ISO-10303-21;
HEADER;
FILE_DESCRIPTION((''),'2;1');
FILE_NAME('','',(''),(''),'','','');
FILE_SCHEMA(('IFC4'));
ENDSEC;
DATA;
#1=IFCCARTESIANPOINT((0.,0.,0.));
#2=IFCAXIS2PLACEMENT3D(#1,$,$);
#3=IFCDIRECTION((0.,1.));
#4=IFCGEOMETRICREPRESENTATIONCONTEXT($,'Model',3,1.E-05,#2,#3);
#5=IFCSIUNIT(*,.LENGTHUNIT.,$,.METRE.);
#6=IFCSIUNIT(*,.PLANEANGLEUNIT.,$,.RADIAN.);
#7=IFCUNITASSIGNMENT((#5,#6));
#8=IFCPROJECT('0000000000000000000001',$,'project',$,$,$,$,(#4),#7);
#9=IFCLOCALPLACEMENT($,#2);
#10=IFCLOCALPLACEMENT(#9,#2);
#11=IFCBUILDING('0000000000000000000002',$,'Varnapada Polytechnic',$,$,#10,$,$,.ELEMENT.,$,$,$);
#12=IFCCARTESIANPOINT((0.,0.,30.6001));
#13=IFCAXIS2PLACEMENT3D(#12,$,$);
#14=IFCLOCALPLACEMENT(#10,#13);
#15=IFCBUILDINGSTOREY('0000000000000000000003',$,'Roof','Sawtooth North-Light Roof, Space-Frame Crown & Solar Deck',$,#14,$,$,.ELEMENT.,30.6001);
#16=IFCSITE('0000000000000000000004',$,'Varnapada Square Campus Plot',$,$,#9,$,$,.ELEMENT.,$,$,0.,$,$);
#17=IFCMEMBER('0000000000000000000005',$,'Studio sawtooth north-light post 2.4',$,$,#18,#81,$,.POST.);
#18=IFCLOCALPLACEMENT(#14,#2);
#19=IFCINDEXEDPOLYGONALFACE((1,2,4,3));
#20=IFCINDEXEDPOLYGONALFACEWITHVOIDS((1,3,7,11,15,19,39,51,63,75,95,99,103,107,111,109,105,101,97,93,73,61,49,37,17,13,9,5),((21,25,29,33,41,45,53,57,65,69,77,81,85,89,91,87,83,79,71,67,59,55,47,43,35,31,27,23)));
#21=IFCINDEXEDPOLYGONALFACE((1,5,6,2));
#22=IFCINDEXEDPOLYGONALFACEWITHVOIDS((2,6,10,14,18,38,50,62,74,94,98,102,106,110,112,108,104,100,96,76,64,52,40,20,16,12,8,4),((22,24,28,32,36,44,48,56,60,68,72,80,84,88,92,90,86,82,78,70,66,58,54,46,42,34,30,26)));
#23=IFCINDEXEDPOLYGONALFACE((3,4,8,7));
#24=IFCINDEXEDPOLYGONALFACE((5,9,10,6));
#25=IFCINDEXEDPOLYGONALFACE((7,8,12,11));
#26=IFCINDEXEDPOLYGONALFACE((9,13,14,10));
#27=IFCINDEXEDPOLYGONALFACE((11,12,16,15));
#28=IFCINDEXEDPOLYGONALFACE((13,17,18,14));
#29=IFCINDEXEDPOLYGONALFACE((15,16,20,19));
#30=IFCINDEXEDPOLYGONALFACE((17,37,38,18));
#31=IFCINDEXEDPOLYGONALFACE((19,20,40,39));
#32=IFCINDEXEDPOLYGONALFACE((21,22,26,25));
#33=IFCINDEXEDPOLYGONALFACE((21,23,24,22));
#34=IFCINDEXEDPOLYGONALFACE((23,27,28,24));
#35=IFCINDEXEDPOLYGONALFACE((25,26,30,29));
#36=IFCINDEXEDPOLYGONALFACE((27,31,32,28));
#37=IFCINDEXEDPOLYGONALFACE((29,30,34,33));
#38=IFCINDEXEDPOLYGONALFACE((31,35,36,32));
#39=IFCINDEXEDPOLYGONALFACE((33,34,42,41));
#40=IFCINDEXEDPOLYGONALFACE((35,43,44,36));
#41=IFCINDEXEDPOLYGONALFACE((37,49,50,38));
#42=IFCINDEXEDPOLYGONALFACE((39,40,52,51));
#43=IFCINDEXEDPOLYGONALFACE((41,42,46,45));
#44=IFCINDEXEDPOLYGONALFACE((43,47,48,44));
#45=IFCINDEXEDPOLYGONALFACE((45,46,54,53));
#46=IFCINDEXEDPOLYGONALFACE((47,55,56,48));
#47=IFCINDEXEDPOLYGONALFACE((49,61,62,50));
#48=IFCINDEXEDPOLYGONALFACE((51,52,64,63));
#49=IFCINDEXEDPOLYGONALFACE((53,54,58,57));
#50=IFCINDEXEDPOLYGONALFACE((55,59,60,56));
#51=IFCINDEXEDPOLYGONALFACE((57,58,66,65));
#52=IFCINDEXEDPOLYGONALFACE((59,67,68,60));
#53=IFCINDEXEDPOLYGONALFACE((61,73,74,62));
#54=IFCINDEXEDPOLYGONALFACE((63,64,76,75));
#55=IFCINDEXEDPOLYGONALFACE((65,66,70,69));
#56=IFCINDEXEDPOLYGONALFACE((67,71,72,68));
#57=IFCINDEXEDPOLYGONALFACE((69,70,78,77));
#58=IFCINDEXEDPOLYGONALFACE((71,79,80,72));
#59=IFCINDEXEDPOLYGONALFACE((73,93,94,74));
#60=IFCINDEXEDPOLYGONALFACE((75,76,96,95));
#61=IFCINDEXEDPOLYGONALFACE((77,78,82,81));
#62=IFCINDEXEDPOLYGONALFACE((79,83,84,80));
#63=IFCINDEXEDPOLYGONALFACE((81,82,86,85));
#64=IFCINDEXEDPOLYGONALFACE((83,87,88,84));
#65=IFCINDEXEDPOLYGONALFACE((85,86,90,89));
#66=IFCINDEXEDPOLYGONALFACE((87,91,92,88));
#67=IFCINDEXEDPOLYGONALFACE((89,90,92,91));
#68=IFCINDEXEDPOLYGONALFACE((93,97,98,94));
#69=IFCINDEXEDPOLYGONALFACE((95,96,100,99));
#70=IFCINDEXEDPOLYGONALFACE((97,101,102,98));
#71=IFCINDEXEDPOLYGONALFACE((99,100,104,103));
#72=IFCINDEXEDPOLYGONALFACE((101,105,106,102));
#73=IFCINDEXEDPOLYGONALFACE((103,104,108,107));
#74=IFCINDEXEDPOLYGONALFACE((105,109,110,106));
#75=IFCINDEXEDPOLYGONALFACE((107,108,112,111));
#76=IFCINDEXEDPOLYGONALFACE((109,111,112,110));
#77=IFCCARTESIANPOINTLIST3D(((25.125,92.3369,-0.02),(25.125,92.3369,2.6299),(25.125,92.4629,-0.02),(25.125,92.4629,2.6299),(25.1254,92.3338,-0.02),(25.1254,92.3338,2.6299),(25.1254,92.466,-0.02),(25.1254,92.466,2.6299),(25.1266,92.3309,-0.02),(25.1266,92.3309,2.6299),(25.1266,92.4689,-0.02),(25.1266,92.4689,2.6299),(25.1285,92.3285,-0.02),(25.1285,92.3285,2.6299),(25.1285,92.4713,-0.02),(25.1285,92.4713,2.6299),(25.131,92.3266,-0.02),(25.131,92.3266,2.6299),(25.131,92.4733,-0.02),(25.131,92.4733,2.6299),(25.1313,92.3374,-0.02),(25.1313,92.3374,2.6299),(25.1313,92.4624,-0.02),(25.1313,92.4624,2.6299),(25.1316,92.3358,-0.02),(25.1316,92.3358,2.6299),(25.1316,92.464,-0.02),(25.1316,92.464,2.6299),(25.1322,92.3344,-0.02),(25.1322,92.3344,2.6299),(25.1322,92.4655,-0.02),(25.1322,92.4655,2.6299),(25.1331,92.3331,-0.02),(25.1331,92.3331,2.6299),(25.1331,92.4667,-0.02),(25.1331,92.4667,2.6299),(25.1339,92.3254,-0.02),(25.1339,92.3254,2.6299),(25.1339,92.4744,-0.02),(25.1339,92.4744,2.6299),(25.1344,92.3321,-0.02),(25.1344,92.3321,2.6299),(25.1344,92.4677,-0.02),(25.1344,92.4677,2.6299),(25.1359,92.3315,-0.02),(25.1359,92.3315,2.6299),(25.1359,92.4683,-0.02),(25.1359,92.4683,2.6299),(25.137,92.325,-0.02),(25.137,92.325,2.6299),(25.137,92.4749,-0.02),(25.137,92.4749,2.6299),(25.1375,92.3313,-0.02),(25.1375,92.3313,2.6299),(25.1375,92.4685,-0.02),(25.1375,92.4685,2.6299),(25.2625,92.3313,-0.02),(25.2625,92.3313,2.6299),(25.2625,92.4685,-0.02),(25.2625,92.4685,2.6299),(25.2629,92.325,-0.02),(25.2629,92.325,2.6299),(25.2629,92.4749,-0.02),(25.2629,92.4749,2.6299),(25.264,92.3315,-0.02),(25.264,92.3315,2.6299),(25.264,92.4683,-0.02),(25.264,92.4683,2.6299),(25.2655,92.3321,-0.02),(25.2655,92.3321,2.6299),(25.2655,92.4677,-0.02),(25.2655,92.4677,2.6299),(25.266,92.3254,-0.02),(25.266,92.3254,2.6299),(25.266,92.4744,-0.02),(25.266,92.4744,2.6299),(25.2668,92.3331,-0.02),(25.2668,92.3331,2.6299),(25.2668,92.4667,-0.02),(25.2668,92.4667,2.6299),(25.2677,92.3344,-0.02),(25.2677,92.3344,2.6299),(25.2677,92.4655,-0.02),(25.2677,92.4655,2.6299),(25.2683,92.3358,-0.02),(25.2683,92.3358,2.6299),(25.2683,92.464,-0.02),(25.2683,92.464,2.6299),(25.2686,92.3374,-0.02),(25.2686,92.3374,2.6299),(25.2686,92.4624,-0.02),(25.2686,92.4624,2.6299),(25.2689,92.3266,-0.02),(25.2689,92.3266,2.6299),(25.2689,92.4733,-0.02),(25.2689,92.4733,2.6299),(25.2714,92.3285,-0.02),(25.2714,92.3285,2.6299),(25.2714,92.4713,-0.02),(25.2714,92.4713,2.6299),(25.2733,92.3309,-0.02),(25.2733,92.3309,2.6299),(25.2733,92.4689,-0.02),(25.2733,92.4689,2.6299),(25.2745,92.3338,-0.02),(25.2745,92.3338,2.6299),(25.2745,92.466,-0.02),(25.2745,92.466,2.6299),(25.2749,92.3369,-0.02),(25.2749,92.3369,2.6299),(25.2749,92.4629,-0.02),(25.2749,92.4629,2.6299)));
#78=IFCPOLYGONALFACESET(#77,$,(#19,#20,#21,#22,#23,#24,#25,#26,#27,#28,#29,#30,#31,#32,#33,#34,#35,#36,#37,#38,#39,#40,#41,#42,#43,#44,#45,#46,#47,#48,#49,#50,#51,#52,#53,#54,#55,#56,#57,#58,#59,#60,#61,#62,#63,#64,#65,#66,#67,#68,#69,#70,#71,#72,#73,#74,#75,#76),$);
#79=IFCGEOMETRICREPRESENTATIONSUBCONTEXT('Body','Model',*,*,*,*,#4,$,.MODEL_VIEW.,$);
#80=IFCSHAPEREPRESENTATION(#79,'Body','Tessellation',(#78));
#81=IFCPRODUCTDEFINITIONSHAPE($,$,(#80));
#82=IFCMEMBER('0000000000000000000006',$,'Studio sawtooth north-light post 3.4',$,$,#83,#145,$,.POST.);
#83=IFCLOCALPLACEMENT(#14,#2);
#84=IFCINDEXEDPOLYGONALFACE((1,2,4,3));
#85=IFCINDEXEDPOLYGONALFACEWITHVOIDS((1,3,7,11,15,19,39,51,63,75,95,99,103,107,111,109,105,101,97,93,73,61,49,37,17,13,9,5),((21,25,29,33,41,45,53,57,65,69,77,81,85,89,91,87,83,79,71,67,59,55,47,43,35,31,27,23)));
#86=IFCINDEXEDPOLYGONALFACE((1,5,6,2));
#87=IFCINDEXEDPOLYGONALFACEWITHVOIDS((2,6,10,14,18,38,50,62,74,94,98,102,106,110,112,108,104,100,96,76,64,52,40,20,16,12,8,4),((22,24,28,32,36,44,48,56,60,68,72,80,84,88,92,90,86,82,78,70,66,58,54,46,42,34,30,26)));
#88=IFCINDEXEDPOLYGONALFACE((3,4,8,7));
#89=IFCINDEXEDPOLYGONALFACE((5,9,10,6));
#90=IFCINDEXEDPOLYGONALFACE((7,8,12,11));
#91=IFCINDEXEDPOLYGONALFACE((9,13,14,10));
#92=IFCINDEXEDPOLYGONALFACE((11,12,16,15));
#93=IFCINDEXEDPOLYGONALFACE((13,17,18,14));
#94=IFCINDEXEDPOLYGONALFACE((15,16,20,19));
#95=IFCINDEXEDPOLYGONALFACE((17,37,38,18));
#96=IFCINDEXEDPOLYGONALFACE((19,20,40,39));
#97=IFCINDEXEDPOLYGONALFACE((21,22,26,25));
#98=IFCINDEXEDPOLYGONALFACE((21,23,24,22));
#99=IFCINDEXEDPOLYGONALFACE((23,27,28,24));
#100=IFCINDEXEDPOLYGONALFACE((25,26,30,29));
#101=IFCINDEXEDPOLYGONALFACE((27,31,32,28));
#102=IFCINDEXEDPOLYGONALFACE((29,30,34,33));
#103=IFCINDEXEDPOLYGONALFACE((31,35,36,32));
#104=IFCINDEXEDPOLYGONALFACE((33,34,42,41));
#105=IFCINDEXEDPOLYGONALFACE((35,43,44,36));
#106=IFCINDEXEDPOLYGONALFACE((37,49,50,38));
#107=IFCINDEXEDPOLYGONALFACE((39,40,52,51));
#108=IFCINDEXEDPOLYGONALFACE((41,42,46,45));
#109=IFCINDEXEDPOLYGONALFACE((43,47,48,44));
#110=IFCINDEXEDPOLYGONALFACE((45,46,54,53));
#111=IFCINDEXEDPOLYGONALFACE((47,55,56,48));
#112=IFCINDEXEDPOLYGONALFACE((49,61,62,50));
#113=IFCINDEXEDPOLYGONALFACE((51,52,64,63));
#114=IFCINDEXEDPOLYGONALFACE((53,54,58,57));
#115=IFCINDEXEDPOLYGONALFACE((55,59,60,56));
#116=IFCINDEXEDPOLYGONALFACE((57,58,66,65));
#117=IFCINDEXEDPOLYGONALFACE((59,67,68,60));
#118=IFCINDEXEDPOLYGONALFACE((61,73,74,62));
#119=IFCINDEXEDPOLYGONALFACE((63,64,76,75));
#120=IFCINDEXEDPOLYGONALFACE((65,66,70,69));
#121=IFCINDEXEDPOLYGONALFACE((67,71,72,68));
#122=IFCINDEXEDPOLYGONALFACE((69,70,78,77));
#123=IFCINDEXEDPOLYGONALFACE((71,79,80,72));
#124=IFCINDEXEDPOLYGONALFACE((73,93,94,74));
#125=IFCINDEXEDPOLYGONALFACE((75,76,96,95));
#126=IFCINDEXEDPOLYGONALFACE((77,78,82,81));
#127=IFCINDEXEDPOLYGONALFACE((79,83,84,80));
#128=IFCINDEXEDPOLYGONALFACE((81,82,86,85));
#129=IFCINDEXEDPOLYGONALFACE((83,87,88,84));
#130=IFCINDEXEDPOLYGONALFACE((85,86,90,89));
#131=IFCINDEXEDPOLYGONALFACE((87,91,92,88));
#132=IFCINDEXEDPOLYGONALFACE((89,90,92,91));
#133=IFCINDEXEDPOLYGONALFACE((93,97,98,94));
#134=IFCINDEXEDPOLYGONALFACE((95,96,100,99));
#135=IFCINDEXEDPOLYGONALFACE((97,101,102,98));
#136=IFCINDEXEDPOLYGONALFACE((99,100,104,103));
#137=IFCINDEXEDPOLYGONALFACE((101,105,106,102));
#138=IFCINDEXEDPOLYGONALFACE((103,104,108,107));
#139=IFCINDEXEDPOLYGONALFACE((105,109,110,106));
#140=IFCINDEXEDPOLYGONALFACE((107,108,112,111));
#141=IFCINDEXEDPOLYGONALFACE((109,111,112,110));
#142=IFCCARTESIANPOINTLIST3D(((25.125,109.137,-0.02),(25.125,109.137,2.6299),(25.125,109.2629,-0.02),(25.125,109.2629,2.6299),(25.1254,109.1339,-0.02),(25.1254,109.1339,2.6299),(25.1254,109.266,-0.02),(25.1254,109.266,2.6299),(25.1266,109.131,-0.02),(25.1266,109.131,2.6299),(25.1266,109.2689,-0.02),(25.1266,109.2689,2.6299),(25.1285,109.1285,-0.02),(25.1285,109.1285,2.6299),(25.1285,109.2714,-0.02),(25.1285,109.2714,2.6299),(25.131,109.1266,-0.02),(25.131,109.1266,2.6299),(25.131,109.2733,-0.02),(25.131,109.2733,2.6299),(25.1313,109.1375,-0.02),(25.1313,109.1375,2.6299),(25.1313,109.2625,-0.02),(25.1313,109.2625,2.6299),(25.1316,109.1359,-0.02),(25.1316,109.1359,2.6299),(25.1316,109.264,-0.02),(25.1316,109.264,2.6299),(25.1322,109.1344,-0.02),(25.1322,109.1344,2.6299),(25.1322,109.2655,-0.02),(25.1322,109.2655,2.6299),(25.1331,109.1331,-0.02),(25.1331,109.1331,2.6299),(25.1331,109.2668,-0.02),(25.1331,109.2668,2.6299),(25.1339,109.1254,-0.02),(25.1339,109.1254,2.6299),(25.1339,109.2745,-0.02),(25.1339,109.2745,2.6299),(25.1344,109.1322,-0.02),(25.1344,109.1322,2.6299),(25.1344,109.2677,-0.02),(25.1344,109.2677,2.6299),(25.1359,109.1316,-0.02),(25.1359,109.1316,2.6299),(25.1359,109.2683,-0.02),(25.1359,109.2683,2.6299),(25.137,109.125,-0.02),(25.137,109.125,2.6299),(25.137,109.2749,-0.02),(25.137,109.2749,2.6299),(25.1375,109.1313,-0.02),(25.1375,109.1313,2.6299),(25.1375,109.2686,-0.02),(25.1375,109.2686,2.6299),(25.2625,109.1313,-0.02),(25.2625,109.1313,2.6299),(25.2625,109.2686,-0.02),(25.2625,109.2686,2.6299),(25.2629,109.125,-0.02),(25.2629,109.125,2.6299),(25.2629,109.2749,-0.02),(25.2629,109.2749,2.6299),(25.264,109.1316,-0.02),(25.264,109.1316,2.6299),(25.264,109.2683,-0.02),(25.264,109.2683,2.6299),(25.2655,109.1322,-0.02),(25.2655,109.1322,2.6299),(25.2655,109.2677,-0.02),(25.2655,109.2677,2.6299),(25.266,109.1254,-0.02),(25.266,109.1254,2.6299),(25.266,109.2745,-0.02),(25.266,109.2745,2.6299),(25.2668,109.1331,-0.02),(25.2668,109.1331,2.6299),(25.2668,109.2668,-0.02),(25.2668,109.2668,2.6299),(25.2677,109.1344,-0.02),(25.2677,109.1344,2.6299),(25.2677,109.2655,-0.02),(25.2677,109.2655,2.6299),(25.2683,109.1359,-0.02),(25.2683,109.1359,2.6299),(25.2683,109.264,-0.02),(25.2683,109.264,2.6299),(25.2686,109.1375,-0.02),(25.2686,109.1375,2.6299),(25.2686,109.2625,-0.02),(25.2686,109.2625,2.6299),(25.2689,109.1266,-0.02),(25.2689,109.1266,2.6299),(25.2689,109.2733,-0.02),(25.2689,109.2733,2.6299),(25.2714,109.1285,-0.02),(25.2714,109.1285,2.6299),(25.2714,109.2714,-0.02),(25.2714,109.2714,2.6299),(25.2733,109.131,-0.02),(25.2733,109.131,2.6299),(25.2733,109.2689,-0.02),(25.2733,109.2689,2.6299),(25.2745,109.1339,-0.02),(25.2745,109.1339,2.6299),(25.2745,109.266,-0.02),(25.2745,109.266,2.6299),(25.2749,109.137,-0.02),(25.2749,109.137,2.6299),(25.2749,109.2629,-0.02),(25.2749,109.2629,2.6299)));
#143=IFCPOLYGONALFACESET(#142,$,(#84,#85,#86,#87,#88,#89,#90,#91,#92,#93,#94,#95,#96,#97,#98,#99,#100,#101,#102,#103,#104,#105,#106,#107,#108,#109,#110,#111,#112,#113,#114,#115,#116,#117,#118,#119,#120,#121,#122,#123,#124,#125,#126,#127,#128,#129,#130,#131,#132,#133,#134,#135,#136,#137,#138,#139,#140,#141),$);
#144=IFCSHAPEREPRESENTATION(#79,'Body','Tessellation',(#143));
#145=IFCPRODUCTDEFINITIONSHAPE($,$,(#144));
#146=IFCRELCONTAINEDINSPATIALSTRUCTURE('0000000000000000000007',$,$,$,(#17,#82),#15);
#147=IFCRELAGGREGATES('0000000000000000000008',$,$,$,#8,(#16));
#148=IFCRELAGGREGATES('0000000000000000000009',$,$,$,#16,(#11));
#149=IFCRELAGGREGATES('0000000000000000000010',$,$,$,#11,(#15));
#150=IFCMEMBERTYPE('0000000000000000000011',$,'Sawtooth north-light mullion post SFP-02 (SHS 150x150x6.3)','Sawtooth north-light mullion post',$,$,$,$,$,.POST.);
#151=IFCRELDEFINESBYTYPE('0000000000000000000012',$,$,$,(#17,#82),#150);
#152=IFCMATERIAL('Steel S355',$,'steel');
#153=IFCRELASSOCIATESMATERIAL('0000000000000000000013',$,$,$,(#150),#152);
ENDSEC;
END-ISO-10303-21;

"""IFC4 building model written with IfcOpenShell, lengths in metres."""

from ifc_helpers import new_model, si_unit, direction, frame, origin, origin_2d, place, context, subcontext, project, spatial, hollow_rectangle, extrude, material, material_profile, profile_set, type_object, element, save


model = new_model("IFC4")

# Units and contexts
model_context = context("Model", 3, precision=1e-05, world=origin(), true_north=direction((0.0, 1.0)))
body_context = subcontext(model_context, "Body", "Model", "MODEL_VIEW")
ifc_project = project(units=[si_unit("LENGTHUNIT", "METRE"), si_unit("PLANEANGLEUNIT", "RADIAN")], contexts=[model_context])

# Site, building, storey
site_placement = place(None, origin())
site = spatial("IfcSite", under=ifc_project, at=site_placement, Name="Varnapada Square Campus Plot", CompositionType="ELEMENT", RefElevation=0.0)
building_placement = place(site_placement, origin())
building = spatial("IfcBuilding", under=site, at=building_placement, Name="Varnapada Polytechnic", CompositionType="ELEMENT")
storey_placement = place(building_placement, frame((0.0, 0.0, 30.6001)))
storey = spatial("IfcBuildingStorey", under=building, at=storey_placement, Name="Roof", Description="Sawtooth North-Light Roof, Space-Frame Crown & Solar Deck", CompositionType="ELEMENT", Elevation=30.6001)

# Shared definitions
ifc_material = material(Name="Steel S355", Category="steel")

# Members
ifc_material_profile_1 = material_profile(ifc_material, hollow_rectangle(XDim=0.1499, YDim=0.1499, WallThickness=0.0063, InnerFilletRadius=0.0061, OuterFilletRadius=0.012, at=origin_2d()), Name="SHS 150x150x6.3")
ifc_profile_set_1 = profile_set([ifc_material_profile_1], Name="Steel S355")
member_type = type_object("IfcMemberType", Name="Sawtooth north-light mullion post SFP-02 (SHS 150x150x6.3)", Description="Sawtooth north-light mullion post", PredefinedType="POST", material=ifc_profile_set_1)
for number, where, z_axis, x_axis, name in (
    (1, (25.2, 92.3999, -0.02), (0.0, 0.0, 1.0), (1.0, 0.0, 0.0), "Studio sawtooth north-light post 2.4"),
    (2, (25.2, 109.2, -0.02), (0.0, 0.0, 1.0), (1.0, 0.0, 0.0), "Studio sawtooth north-light post 3.4"),
):
    element("IfcMember", number, at=place(storey_placement, frame(where, z_axis=z_axis, x_axis=x_axis)), inside=storey, type_object=member_type, Name=name, PredefinedType="POST", context=body_context, shape_type="SweptSolid", body=[
        extrude(hollow_rectangle(XDim=0.1499, YDim=0.1499, WallThickness=0.0063, InnerFilletRadius=0.0061, OuterFilletRadius=0.012, at=origin_2d()), origin(), (0.0, 0.0, 1.0), 2.6499),
    ])

save(model, "model.ifc")
